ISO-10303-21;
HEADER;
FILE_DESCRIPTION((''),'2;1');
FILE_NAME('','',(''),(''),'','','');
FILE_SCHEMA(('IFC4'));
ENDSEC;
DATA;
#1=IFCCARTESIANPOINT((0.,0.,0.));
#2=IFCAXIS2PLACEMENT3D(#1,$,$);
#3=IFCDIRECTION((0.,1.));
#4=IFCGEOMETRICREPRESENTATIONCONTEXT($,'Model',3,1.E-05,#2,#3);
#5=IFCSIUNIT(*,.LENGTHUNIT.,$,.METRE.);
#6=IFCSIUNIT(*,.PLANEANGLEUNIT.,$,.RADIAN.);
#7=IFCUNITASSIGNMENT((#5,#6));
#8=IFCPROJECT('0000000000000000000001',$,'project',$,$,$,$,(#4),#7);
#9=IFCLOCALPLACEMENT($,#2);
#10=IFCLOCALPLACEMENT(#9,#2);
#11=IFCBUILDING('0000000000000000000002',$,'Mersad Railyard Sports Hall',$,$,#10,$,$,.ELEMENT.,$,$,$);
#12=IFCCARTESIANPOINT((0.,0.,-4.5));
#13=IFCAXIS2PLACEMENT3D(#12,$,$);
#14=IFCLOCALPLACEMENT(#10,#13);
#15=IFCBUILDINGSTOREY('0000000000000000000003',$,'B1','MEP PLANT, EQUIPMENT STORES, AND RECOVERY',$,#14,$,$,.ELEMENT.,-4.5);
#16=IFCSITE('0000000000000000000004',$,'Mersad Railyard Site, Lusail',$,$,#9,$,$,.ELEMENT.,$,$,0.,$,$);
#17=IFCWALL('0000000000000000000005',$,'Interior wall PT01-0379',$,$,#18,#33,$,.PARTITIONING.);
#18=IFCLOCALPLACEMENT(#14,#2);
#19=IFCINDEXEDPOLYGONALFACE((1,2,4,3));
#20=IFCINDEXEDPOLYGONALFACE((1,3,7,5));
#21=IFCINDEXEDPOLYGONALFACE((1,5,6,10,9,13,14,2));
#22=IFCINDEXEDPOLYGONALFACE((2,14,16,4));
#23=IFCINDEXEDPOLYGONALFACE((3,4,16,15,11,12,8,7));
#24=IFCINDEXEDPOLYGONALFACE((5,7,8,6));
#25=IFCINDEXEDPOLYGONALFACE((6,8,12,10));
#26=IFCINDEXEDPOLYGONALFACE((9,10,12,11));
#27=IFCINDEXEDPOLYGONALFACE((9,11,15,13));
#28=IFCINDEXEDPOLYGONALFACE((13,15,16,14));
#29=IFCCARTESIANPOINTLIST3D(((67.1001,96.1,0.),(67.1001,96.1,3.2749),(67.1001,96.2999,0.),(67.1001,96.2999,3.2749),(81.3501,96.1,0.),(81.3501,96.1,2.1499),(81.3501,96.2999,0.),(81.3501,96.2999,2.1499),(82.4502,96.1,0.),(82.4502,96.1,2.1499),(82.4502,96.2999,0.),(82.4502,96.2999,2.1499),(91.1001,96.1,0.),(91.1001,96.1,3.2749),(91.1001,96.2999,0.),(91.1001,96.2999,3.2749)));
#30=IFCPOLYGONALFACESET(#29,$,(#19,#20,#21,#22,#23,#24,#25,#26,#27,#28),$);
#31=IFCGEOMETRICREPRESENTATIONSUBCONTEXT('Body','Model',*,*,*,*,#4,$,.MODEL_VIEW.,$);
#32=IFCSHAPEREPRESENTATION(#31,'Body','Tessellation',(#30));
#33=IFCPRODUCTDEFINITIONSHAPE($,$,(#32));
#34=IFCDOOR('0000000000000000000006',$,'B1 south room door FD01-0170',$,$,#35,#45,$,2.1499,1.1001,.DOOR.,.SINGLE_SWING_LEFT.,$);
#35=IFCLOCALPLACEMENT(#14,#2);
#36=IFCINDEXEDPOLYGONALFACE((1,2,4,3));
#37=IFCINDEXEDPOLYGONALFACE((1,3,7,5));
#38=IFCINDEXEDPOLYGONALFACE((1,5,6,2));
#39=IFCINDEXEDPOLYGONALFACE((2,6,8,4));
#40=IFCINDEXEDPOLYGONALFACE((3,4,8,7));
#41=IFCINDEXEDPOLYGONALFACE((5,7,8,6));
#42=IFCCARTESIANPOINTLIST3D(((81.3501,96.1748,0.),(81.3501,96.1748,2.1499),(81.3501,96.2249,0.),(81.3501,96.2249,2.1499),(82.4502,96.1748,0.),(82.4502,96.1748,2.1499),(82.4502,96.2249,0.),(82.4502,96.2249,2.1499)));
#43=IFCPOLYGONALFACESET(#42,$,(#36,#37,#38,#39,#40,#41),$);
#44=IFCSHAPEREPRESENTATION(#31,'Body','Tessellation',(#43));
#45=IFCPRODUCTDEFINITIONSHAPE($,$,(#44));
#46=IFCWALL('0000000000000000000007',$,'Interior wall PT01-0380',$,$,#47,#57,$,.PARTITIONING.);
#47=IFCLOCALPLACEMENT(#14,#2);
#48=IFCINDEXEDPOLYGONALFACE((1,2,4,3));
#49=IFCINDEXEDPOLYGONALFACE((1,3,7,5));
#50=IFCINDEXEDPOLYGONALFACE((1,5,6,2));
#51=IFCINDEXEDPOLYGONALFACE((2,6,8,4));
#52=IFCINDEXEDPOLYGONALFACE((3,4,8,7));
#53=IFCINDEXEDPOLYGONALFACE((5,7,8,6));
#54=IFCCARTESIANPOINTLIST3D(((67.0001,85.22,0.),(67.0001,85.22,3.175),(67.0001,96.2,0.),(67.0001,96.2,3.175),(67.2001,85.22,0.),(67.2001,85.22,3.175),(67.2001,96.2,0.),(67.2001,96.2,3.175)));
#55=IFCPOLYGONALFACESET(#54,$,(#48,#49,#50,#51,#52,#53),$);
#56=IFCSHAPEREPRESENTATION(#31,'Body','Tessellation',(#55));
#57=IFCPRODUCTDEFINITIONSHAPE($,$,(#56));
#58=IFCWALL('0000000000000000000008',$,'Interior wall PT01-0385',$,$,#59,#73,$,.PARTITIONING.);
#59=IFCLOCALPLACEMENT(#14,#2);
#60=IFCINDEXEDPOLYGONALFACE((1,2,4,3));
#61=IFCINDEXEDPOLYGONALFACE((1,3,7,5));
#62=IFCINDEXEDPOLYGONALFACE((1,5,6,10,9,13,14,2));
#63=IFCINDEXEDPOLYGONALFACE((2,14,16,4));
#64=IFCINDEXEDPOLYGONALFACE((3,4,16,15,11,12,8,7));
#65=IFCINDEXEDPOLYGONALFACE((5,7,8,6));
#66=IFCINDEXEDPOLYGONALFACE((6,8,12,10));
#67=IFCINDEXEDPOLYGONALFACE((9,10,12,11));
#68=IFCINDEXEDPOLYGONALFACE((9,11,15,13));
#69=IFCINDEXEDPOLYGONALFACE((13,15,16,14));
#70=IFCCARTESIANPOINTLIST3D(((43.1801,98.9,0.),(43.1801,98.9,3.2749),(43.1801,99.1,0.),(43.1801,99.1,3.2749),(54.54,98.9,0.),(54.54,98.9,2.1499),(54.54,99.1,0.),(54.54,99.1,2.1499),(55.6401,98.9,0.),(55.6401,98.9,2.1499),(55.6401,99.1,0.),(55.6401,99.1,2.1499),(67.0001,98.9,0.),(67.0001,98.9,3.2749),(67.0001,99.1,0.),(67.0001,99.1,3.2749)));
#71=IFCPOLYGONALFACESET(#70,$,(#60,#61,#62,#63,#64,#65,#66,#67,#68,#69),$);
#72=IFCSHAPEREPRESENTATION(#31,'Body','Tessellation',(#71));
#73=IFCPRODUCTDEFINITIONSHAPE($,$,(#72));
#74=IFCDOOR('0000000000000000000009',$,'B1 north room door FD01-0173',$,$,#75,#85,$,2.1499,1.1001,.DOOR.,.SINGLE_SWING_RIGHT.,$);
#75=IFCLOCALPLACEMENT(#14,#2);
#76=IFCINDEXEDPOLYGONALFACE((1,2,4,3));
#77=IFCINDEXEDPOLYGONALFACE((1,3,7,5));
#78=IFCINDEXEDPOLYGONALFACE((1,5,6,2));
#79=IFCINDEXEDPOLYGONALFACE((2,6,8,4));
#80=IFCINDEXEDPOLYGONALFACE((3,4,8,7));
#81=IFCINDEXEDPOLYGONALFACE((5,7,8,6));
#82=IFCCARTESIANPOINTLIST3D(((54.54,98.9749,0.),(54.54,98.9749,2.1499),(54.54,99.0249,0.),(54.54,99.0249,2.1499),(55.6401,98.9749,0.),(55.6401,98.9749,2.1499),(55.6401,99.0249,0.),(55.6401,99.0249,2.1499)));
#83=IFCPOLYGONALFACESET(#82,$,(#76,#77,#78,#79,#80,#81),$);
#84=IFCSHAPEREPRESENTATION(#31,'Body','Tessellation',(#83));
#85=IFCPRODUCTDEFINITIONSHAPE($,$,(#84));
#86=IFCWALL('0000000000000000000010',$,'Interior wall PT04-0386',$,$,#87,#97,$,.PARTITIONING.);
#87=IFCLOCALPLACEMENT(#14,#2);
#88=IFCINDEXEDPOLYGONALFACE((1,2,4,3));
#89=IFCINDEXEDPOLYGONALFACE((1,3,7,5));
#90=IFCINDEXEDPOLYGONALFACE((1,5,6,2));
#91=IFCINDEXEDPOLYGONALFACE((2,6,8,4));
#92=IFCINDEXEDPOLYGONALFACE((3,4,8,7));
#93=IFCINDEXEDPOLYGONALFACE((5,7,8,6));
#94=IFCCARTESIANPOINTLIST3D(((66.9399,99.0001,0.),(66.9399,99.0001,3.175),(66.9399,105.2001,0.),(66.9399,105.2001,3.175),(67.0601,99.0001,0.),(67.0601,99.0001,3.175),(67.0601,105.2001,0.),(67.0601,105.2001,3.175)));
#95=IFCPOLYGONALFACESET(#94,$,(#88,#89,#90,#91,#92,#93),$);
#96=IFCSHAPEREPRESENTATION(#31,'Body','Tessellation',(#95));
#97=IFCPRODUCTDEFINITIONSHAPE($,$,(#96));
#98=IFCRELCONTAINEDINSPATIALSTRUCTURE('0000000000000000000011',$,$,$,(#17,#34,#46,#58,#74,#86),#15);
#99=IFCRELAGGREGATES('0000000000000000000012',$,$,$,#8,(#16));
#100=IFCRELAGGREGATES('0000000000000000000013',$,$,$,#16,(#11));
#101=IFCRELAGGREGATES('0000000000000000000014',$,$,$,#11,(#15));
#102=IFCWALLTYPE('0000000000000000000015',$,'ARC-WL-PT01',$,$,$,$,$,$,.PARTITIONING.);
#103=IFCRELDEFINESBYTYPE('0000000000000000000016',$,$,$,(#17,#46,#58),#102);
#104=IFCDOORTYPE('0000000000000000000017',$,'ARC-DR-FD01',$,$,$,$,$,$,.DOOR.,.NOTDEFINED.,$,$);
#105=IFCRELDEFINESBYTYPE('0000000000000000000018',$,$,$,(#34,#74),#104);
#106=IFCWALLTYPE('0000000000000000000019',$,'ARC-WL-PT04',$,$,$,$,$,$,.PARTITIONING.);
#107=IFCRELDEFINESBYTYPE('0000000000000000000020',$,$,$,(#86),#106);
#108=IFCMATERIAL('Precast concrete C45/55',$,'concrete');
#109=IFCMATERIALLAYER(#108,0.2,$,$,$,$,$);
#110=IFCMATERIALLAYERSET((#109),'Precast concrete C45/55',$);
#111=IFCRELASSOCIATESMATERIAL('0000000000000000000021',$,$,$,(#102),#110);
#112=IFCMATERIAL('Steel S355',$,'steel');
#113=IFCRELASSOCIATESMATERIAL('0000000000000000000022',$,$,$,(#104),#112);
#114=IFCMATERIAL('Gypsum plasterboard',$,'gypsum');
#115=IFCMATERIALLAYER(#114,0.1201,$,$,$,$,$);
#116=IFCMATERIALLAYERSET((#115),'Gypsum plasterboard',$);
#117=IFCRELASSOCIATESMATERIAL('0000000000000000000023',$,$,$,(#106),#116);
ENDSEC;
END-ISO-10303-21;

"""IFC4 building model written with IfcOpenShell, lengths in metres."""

from ifc_helpers import new_model, si_unit, direction, frame, frame_2d, origin, place, context, subcontext, project, spatial, rectangle, extrude, material, layer, layer_set, type_object, element, fill, save


model = new_model("IFC4")

# Units and contexts
model_context = context("Model", 3, precision=1e-05, world=origin(), true_north=direction((0.0, 1.0)))
body_context = subcontext(model_context, "Body", "Model", "MODEL_VIEW")
ifc_project = project(units=[si_unit("LENGTHUNIT", "METRE"), si_unit("PLANEANGLEUNIT", "RADIAN")], contexts=[model_context])

# Site, building, storey
site_placement = place(None, origin())
site = spatial("IfcSite", under=ifc_project, at=site_placement, Name="Mersad Railyard Site, Lusail", CompositionType="ELEMENT", RefElevation=0.0)
building_placement = place(site_placement, origin())
building = spatial("IfcBuilding", under=site, at=building_placement, Name="Mersad Railyard Sports Hall", CompositionType="ELEMENT")
storey_placement = place(building_placement, frame((0.0, 0.0, -4.5)))
storey = spatial("IfcBuildingStorey", under=building, at=storey_placement, Name="B1", Description="MEP PLANT, EQUIPMENT STORES, AND RECOVERY", CompositionType="ELEMENT", Elevation=-4.5)

# Wall, opening, door
ifc_material_1 = material(Name="Precast concrete C45/55", Category="concrete")
ifc_layer_1 = layer(ifc_material_1, 0.2)
ifc_layer_set_1 = layer_set([ifc_layer_1], Name="Precast concrete C45/55")
wall_type_1 = type_object("IfcWallType", Name="ARC-WL-PT01", PredefinedType="PARTITIONING", material=ifc_layer_set_1)
ifc_material_2 = material(Name="Steel S355", Category="steel")
door_type = type_object("IfcDoorType", Name="ARC-DR-FD01", OperationType="NOTDEFINED", PredefinedType="DOOR", material=ifc_material_2)
wall_1_placement = place(storey_placement, frame((67.1001, 96.2, 0.0), z_axis=(0.0, 0.0, 1.0), x_axis=(1.0, 0.0, 0.0)))
wall_1 = element("IfcWall", 1, at=wall_1_placement, inside=storey, type_object=wall_type_1, Name="Interior wall PT01-0379", PredefinedType="PARTITIONING", context=body_context, shape_type="SweptSolid", body=[
    extrude(rectangle(XDim=24.0, YDim=0.2, at=frame_2d((12.0, 0.0))), origin(), (0.0, 0.0, 1.0), 3.2749),
])
opening_1_placement = place(wall_1_placement, frame((14.25, 0.0, 0.0)))
opening_1 = element("IfcOpeningElement", 2, at=opening_1_placement, cuts=wall_1, PredefinedType="OPENING", context=body_context, shape_type="SweptSolid", body=[
    extrude(rectangle(XDim=1.1001, YDim=2.1499, at=frame_2d((0.55, 1.075))), frame((0.0, 0.1099, 0.0), z_axis=(0.0, -1.0, 0.0), x_axis=(1.0, 0.0, 0.0)), (0.0, 0.0, 1.0), 0.22),
])
door_1_placement = place(opening_1_placement, origin())
door_1 = element("IfcDoor", 3, at=door_1_placement, inside=storey, type_object=door_type, Name="B1 south room door FD01-0170", OperationType="SINGLE_SWING_LEFT", OverallHeight=2.1499, OverallWidth=1.1001, PredefinedType="DOOR", context=body_context, shape_type="SweptSolid", body=[
    extrude(rectangle(XDim=1.1001, YDim=2.1499, at=frame_2d((0.55, 1.075))), frame((0.0, 0.0249, 0.0), z_axis=(0.0, -1.0, 0.0), x_axis=(1.0, 0.0, 0.0)), (0.0, 0.0, 1.0), 0.05),
])
fill(opening_1, door_1)

# Wall
wall_2_placement = place(storey_placement, frame((67.1001, 85.22, 0.0), z_axis=(0.0, 0.0, 1.0), x_axis=(0.0, 1.0, 0.0)))
element("IfcWall", 4, at=wall_2_placement, inside=storey, type_object=wall_type_1, Name="Interior wall PT01-0380", PredefinedType="PARTITIONING", context=body_context, shape_type="SweptSolid", body=[
    extrude(rectangle(XDim=10.98, YDim=0.2, at=frame_2d((5.49, 0.0))), origin(), (0.0, 0.0, 1.0), 3.175),
])

# Wall, opening, door
wall_3_placement = place(storey_placement, frame((43.1799, 99.0, 0.0), z_axis=(0.0, 0.0, 1.0), x_axis=(1.0, 0.0, 0.0)))
wall_3 = element("IfcWall", 5, at=wall_3_placement, inside=storey, type_object=wall_type_1, Name="Interior wall PT01-0385", PredefinedType="PARTITIONING", context=body_context, shape_type="SweptSolid", body=[
    extrude(rectangle(XDim=23.8201, YDim=0.2, at=frame_2d((11.9102, 0.0))), origin(), (0.0, 0.0, 1.0), 3.2749),
])
opening_2_placement = place(wall_3_placement, frame((11.3601, 0.0, 0.0)))
opening_2 = element("IfcOpeningElement", 6, at=opening_2_placement, cuts=wall_3, PredefinedType="OPENING", context=body_context, shape_type="SweptSolid", body=[
    extrude(rectangle(XDim=1.1001, YDim=2.1499, at=frame_2d((0.55, 1.075))), frame((0.0, 0.1099, 0.0), z_axis=(0.0, -1.0, 0.0), x_axis=(1.0, 0.0, 0.0)), (0.0, 0.0, 1.0), 0.22),
])
door_2_placement = place(opening_2_placement, origin())
door_2 = element("IfcDoor", 7, at=door_2_placement, inside=storey, type_object=door_type, Name="B1 north room door FD01-0173", OperationType="SINGLE_SWING_RIGHT", OverallHeight=2.1499, OverallWidth=1.1001, PredefinedType="DOOR", context=body_context, shape_type="SweptSolid", body=[
    extrude(rectangle(XDim=1.1001, YDim=2.1499, at=frame_2d((0.55, 1.075))), frame((0.0, 0.0249, 0.0), z_axis=(0.0, -1.0, 0.0), x_axis=(1.0, 0.0, 0.0)), (0.0, 0.0, 1.0), 0.05),
])
fill(opening_2, door_2)

# Wall
ifc_material_3 = material(Name="Gypsum plasterboard", Category="gypsum")
ifc_layer_2 = layer(ifc_material_3, 0.1201)
ifc_layer_set_2 = layer_set([ifc_layer_2], Name="Gypsum plasterboard")
wall_type_2 = type_object("IfcWallType", Name="ARC-WL-PT04", PredefinedType="PARTITIONING", material=ifc_layer_set_2)
wall_4_placement = place(storey_placement, frame((67.0, 99.0, 0.0), z_axis=(0.0, 0.0, 1.0), x_axis=(0.0, 1.0, 0.0)))
element("IfcWall", 8, at=wall_4_placement, inside=storey, type_object=wall_type_2, Name="Interior wall PT04-0386", PredefinedType="PARTITIONING", context=body_context, shape_type="SweptSolid", body=[
    extrude(rectangle(XDim=6.2, YDim=0.1201, at=frame_2d((3.1001, 0.0))), origin(), (0.0, 0.0, 1.0), 3.175),
])

save(model, "model.ifc")
